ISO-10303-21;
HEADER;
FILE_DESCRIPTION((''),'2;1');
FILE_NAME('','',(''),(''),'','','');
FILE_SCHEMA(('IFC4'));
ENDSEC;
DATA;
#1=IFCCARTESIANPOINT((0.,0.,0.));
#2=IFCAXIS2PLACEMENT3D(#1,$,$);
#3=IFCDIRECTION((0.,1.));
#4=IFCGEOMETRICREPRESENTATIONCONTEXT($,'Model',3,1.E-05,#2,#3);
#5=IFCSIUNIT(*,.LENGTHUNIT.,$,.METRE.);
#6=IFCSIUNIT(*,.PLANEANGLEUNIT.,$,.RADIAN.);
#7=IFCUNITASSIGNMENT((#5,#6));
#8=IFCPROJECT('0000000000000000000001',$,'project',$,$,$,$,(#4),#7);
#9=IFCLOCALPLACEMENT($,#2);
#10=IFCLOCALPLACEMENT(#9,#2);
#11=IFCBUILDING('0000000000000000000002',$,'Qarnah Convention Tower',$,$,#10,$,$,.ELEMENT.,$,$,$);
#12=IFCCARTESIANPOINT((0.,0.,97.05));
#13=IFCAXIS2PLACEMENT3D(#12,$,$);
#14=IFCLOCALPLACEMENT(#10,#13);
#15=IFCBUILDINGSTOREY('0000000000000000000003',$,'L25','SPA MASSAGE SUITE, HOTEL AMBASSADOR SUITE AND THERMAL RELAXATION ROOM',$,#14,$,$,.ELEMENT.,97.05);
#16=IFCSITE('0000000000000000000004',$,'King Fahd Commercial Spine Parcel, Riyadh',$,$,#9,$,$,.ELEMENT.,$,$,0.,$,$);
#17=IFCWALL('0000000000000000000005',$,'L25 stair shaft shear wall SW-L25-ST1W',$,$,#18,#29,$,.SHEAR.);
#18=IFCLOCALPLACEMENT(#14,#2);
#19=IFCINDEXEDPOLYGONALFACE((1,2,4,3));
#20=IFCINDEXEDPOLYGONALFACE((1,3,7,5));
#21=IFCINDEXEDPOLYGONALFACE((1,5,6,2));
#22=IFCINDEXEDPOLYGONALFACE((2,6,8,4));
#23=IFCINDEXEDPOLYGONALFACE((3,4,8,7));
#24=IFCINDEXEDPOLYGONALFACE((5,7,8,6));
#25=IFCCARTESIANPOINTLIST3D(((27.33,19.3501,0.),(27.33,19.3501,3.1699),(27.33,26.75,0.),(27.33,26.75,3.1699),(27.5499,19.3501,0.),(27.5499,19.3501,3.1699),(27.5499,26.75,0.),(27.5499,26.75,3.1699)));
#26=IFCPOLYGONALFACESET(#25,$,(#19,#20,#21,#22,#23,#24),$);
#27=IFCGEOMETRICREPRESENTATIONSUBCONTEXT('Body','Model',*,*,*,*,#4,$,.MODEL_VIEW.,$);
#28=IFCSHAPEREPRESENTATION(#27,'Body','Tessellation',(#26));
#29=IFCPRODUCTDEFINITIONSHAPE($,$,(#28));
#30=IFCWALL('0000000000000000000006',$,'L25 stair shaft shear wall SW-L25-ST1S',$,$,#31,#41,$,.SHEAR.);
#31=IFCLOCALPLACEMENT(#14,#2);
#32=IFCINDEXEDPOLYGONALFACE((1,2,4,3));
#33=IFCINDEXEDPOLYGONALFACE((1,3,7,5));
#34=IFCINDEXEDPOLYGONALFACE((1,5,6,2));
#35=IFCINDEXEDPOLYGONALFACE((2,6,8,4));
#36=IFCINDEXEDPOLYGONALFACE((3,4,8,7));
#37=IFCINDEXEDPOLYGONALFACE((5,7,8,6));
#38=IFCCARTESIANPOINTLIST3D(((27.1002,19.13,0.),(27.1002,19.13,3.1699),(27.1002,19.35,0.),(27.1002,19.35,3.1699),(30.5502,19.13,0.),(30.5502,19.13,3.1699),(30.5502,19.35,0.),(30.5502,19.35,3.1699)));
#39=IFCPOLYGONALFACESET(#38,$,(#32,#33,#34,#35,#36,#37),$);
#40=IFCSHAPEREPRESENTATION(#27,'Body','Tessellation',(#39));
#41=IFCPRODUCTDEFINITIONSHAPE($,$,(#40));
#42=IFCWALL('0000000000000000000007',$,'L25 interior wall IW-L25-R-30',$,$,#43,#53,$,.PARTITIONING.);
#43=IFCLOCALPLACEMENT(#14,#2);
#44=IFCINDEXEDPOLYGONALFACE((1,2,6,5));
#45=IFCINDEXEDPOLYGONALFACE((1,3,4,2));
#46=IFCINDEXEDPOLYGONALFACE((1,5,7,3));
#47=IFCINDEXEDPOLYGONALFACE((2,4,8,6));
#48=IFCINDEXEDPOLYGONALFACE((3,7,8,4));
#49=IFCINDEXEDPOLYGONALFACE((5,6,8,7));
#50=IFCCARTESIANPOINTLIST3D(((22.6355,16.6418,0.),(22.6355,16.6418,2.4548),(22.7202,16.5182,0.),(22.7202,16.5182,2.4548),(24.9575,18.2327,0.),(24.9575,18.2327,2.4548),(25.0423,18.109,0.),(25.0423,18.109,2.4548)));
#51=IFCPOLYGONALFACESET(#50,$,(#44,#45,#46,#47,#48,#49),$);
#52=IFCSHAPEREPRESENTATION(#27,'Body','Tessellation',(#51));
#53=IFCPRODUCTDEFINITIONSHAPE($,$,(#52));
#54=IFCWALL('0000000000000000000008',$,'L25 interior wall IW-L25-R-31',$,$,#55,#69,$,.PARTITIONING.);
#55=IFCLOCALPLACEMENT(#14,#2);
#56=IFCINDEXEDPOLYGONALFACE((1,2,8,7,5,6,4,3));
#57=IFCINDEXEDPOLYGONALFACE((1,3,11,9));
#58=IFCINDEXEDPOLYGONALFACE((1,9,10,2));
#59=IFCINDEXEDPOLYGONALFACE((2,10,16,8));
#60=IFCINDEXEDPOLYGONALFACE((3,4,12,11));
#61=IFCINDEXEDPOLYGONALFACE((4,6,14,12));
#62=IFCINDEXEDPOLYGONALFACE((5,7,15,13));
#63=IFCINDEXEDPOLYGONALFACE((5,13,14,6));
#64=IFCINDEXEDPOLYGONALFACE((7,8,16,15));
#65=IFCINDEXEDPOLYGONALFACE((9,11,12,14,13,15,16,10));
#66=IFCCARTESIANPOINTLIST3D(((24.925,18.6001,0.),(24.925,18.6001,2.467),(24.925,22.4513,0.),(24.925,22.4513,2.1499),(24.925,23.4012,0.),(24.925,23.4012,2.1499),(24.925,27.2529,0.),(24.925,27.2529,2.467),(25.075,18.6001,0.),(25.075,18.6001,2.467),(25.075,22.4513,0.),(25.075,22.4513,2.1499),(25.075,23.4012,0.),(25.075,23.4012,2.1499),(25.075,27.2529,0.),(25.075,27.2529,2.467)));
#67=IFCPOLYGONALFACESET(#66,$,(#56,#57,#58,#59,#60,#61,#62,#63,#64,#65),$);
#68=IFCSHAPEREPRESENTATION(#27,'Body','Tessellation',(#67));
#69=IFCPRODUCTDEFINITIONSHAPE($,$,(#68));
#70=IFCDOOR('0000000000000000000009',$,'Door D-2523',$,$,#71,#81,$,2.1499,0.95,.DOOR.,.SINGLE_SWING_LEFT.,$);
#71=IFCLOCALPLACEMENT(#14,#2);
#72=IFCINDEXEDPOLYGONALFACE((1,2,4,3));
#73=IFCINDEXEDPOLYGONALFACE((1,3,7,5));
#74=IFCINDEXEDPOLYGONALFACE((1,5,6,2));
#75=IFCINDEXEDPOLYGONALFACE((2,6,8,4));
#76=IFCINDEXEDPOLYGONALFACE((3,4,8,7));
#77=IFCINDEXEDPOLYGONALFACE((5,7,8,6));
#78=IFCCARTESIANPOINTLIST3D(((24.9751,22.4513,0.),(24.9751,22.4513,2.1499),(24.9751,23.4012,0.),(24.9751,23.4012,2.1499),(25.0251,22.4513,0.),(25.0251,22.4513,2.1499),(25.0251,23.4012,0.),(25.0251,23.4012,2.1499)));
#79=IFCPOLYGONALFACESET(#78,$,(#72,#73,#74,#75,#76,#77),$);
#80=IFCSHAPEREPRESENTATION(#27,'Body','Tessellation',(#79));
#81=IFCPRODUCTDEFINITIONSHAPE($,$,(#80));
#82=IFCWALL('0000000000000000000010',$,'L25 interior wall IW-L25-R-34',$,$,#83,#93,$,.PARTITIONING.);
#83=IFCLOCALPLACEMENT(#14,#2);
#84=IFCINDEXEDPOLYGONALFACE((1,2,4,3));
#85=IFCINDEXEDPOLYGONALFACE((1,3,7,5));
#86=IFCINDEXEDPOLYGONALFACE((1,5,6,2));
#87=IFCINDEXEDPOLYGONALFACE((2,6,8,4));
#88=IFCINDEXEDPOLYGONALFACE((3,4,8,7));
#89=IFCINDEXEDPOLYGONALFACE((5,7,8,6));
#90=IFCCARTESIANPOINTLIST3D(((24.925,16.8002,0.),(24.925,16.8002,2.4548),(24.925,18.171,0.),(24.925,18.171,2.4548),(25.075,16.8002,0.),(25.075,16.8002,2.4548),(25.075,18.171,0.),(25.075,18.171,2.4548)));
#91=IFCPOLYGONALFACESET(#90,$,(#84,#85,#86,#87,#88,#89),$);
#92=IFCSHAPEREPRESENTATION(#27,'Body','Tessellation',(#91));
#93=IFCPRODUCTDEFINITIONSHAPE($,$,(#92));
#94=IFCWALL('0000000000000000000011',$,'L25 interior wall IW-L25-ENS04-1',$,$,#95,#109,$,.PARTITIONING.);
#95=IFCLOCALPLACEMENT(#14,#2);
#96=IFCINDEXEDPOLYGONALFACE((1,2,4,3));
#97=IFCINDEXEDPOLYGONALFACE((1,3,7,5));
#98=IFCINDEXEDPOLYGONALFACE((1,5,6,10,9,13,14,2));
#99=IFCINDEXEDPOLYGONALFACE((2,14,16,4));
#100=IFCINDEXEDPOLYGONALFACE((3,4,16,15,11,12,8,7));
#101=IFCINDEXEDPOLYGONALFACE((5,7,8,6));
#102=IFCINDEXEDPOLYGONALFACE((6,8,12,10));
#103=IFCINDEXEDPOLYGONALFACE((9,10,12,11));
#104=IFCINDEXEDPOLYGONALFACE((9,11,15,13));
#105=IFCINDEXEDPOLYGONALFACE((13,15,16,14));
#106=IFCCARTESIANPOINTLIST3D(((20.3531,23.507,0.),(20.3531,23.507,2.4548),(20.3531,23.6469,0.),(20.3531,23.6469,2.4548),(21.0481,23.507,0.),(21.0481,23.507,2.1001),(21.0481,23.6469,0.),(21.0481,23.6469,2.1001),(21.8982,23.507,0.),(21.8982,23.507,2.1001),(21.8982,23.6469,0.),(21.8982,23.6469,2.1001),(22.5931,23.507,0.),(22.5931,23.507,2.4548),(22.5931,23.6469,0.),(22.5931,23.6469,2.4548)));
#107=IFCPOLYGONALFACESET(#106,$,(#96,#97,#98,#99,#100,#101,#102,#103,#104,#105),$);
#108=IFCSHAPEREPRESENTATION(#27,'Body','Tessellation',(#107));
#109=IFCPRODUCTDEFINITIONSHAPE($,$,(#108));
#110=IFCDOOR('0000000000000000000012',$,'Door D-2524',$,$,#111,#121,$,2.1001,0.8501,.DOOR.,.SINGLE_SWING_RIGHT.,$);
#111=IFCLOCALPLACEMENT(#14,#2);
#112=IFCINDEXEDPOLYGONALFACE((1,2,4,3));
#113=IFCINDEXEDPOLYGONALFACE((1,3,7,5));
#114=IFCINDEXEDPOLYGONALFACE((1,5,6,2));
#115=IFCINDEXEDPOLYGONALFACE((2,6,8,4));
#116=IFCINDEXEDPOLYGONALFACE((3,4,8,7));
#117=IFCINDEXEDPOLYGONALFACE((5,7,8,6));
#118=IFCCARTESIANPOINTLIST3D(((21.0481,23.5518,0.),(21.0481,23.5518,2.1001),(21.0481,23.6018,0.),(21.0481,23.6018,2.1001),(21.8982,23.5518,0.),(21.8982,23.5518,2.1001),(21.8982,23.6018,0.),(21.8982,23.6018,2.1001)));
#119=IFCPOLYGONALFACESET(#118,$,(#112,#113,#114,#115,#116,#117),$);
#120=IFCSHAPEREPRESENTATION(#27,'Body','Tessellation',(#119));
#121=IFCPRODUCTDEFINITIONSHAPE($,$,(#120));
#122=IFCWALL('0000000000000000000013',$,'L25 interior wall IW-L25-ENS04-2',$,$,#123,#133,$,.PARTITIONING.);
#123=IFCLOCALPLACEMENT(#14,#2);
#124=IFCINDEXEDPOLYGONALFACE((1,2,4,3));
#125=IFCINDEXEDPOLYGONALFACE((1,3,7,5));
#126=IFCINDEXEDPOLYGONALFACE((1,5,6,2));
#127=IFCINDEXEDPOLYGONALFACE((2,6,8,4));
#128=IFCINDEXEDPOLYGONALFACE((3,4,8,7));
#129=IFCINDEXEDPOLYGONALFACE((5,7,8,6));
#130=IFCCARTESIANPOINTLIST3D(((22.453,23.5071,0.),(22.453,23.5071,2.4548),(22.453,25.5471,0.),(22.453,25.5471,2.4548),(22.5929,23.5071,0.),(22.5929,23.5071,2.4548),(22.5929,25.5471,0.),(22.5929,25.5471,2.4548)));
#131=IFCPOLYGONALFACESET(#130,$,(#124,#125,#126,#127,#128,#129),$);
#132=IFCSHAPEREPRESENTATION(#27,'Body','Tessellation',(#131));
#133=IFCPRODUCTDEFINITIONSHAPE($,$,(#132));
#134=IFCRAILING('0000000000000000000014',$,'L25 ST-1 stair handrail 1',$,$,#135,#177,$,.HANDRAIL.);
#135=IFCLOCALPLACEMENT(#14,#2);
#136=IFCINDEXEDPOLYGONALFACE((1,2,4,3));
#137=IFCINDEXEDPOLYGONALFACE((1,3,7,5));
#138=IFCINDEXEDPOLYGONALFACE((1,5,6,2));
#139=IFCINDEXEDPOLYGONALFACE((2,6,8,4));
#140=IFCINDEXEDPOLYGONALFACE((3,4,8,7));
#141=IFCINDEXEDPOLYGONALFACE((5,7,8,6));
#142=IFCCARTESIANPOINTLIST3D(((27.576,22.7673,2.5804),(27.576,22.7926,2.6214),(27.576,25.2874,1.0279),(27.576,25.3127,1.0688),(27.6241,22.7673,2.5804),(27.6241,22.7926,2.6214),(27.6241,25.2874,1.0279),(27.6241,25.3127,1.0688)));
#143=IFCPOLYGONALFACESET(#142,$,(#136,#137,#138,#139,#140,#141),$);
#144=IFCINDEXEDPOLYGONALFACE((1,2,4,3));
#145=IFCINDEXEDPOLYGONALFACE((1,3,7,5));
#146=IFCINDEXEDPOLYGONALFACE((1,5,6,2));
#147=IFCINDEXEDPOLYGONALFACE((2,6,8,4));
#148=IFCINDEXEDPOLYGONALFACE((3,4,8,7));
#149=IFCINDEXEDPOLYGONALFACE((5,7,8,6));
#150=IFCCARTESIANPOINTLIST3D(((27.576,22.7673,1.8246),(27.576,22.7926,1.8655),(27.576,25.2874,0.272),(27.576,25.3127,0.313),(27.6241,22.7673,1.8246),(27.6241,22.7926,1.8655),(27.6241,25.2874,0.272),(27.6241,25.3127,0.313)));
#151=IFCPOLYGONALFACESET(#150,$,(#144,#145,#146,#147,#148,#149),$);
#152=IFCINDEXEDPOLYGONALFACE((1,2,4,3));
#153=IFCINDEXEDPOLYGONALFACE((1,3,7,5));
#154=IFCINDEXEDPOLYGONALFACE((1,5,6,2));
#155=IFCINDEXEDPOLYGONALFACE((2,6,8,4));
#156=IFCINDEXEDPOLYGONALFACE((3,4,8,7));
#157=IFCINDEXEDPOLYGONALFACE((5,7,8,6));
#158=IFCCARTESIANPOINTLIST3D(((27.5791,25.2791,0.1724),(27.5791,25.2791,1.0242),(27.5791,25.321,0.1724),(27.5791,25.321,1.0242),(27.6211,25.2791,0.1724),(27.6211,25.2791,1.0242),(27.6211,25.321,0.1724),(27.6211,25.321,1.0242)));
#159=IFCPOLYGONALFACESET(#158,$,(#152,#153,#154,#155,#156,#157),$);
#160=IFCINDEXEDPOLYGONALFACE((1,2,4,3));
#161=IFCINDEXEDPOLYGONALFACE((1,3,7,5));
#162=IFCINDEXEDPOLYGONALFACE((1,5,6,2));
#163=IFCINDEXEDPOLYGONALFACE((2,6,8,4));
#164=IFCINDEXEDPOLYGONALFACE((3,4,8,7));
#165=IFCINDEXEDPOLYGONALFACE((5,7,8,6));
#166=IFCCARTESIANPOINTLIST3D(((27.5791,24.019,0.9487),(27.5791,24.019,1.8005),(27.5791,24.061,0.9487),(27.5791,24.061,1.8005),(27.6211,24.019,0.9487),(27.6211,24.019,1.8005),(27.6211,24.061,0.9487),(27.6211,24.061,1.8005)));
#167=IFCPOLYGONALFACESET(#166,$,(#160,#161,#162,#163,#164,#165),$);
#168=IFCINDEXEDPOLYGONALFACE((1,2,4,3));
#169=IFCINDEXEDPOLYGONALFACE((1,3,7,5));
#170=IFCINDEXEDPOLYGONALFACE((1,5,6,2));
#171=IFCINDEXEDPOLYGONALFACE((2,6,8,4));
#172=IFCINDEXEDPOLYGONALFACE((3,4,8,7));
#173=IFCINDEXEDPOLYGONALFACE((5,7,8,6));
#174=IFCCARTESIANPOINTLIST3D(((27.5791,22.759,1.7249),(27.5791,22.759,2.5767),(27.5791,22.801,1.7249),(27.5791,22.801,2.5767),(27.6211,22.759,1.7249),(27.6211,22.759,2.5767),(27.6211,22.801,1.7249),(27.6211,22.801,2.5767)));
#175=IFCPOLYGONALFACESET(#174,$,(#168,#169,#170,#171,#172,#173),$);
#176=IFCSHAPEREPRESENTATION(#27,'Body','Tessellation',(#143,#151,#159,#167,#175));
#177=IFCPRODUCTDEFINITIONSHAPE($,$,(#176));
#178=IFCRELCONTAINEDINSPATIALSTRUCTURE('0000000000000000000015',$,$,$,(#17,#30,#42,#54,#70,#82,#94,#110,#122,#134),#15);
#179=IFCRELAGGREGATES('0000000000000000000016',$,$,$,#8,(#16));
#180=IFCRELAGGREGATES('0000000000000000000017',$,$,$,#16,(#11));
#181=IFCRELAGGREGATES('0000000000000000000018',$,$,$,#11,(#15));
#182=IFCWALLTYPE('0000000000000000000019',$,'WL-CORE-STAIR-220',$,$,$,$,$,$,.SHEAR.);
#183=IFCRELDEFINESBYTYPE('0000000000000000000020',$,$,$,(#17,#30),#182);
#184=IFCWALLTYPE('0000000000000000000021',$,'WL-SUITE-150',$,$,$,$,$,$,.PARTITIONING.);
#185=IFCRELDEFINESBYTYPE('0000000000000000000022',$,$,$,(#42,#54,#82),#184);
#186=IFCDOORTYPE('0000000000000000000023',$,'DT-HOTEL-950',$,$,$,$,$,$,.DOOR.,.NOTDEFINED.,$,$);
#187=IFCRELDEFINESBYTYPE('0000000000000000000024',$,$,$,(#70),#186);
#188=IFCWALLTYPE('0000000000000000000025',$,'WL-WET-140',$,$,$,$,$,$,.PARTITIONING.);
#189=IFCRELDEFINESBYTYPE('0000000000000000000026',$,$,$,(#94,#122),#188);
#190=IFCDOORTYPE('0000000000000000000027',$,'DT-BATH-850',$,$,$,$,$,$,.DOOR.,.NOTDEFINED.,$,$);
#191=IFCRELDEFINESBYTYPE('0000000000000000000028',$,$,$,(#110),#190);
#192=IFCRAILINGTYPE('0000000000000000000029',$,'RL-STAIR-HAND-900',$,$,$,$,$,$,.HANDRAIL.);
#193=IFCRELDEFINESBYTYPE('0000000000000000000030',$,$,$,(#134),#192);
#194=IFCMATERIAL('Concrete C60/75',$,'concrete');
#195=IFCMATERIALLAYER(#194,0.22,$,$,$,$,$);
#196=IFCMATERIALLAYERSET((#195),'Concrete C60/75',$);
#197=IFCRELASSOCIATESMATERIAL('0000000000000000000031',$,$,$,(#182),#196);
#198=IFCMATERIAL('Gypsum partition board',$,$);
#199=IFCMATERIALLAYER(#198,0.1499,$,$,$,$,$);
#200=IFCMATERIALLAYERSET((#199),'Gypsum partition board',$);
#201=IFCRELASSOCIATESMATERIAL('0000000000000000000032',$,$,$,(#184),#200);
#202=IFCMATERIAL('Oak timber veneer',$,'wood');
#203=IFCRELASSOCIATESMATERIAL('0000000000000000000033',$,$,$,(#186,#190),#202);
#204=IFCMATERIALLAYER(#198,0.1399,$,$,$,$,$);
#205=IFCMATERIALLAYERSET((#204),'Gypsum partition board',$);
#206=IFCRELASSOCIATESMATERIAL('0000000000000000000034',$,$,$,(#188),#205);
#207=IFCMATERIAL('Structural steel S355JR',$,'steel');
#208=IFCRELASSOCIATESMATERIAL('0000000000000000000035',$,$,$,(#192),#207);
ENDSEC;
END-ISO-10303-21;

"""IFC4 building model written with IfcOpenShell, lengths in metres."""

from ifc_helpers import new_model, si_unit, direction, frame, frame_2d, origin, origin_2d, place, context, subcontext, project, spatial, rectangle, extrude, material, layer, layer_set, type_object, element, fill, save


model = new_model("IFC4")

# Units and contexts
model_context = context("Model", 3, precision=1e-05, world=origin(), true_north=direction((0.0, 1.0)))
body_context = subcontext(model_context, "Body", "Model", "MODEL_VIEW")
ifc_project = project(units=[si_unit("LENGTHUNIT", "METRE"), si_unit("PLANEANGLEUNIT", "RADIAN")], contexts=[model_context])

# Site, building, storey
site_placement = place(None, origin())
site = spatial("IfcSite", under=ifc_project, at=site_placement, Name="King Fahd Commercial Spine Parcel, Riyadh", CompositionType="ELEMENT", RefElevation=0.0)
building_placement = place(site_placement, origin())
building = spatial("IfcBuilding", under=site, at=building_placement, Name="Qarnah Convention Tower", CompositionType="ELEMENT")
storey_placement = place(building_placement, frame((0.0, 0.0, 97.05)))
storey = spatial("IfcBuildingStorey", under=building, at=storey_placement, Name="L25", Description="SPA MASSAGE SUITE, HOTEL AMBASSADOR SUITE AND THERMAL RELAXATION ROOM", CompositionType="ELEMENT", Elevation=97.05)

# Shared definitions
ifc_material_1 = material(Name="Concrete C60/75", Category="concrete")

# Shared definitions
ifc_material_2 = material(Name="Structural steel S355JR", Category="steel")

# Walls
ifc_layer_1 = layer(ifc_material_1, 0.22)
ifc_layer_set_1 = layer_set([ifc_layer_1], Name="Concrete C60/75")
wall_type_1 = type_object("IfcWallType", Name="WL-CORE-STAIR-220", PredefinedType="SHEAR", material=ifc_layer_set_1)
wall_1_placement = place(storey_placement, frame((27.4399, 19.3501, 0.0), z_axis=(0.0, 0.0, 1.0), x_axis=(0.0, 1.0, 0.0)))
element("IfcWall", 1, at=wall_1_placement, inside=storey, type_object=wall_type_1, Name="L25 stair shaft shear wall SW-L25-ST1W", PredefinedType="SHEAR", context=body_context, shape_type="SweptSolid", body=[
    extrude(rectangle(XDim=7.3999, YDim=0.22, at=frame_2d((3.7, 0.0))), origin(), (0.0, 0.0, 1.0), 3.1699),
])
wall_2_placement = place(storey_placement, frame((27.1001, 19.24, 0.0), z_axis=(0.0, 0.0, 1.0), x_axis=(1.0, 0.0, 0.0)))
element("IfcWall", 2, at=wall_2_placement, inside=storey, type_object=wall_type_1, Name="L25 stair shaft shear wall SW-L25-ST1S", PredefinedType="SHEAR", context=body_context, shape_type="SweptSolid", body=[
    extrude(rectangle(XDim=3.45, YDim=0.22, at=frame_2d((1.7251, 0.0))), origin(), (0.0, 0.0, 1.0), 3.1699),
])
ifc_material_3 = material(Name="Gypsum partition board")
ifc_layer_2 = layer(ifc_material_3, 0.1499)
ifc_layer_set_2 = layer_set([ifc_layer_2], Name="Gypsum partition board")
wall_type_2 = type_object("IfcWallType", Name="WL-SUITE-150", PredefinedType="PARTITIONING", material=ifc_layer_set_2)
wall_3_placement = place(storey_placement, frame((22.678, 16.5801, 0.0), z_axis=(0.0, 0.0, 1.0), x_axis=(0.824965, 0.565184, 0.0)))
element("IfcWall", 3, at=wall_3_placement, inside=storey, type_object=wall_type_2, Name="L25 interior wall IW-L25-R-30", PredefinedType="PARTITIONING", context=body_context, shape_type="SweptSolid", body=[
    extrude(rectangle(XDim=2.8147, YDim=0.1499, at=frame_2d((1.4072, 0.0))), origin(), (0.0, 0.0, 1.0), 2.4548),
])

# Wall, opening, door
wall_4_placement = place(storey_placement, frame((25.0, 18.6001, 0.0), z_axis=(0.0, 0.0, 1.0), x_axis=(0.0, 1.0, 0.0)))
wall_4 = element("IfcWall", 4, at=wall_4_placement, inside=storey, type_object=wall_type_2, Name="L25 interior wall IW-L25-R-31", PredefinedType="PARTITIONING", context=body_context, shape_type="SweptSolid", body=[
    extrude(rectangle(XDim=8.6528, YDim=0.1499, at=frame_2d((4.3264, 0.0))), origin(), (0.0, 0.0, 1.0), 2.467),
])
opening_1_placement = place(wall_4_placement, frame((3.8511, 0.0, 0.0)))
opening_1 = element("IfcOpeningElement", 5, at=opening_1_placement, cuts=wall_4, PredefinedType="OPENING", context=body_context, shape_type="SweptSolid", body=[
    extrude(rectangle(XDim=0.95, YDim=2.1499, at=frame_2d((0.4751, 1.075))), frame((0.0, 0.085, 0.0), z_axis=(0.0, -1.0, 0.0), x_axis=(1.0, 0.0, 0.0)), (0.0, 0.0, 1.0), 0.1699),
])
ifc_material_4 = material(Name="Oak timber veneer", Category="wood")
door_type_1 = type_object("IfcDoorType", Name="DT-HOTEL-950", OperationType="NOTDEFINED", PredefinedType="DOOR", material=ifc_material_4)
door_1_placement = place(opening_1_placement, origin())
door_1 = element("IfcDoor", 6, at=door_1_placement, inside=storey, type_object=door_type_1, Name="Door D-2523", OperationType="SINGLE_SWING_LEFT", OverallHeight=2.1499, OverallWidth=0.95, PredefinedType="DOOR", context=body_context, shape_type="SweptSolid", body=[
    extrude(rectangle(XDim=0.95, YDim=2.1499, at=frame_2d((0.4751, 1.075))), frame((0.0, 0.0249, 0.0), z_axis=(0.0, -1.0, 0.0), x_axis=(1.0, 0.0, 0.0)), (0.0, 0.0, 1.0), 0.05),
])
fill(opening_1, door_1)

# Wall
wall_5_placement = place(storey_placement, frame((25.0, 16.8, 0.0), z_axis=(0.0, 0.0, 1.0), x_axis=(0.0, 1.0, 0.0)))
element("IfcWall", 7, at=wall_5_placement, inside=storey, type_object=wall_type_2, Name="L25 interior wall IW-L25-R-34", PredefinedType="PARTITIONING", context=body_context, shape_type="SweptSolid", body=[
    extrude(rectangle(XDim=1.3708, YDim=0.1499, at=frame_2d((0.6855, 0.0))), origin(), (0.0, 0.0, 1.0), 2.4548),
])

# Wall, opening, door
ifc_layer_3 = layer(ifc_material_3, 0.1399)
ifc_layer_set_3 = layer_set([ifc_layer_3], Name="Gypsum partition board")
wall_type_3 = type_object("IfcWallType", Name="WL-WET-140", PredefinedType="PARTITIONING", material=ifc_layer_set_3)
wall_6_placement = place(storey_placement, frame((20.353, 23.5769, 0.0), z_axis=(0.0, 0.0, 1.0), x_axis=(1.0, 0.0, 0.0)))
wall_6 = element("IfcWall", 8, at=wall_6_placement, inside=storey, type_object=wall_type_3, Name="L25 interior wall IW-L25-ENS04-1", PredefinedType="PARTITIONING", context=body_context, shape_type="SweptSolid", body=[
    extrude(rectangle(XDim=2.24, YDim=0.1399, at=frame_2d((1.1201, 0.0))), origin(), (0.0, 0.0, 1.0), 2.4548),
])
opening_2_placement = place(wall_6_placement, frame((0.6951, 0.0, 0.0)))
opening_2 = element("IfcOpeningElement", 9, at=opening_2_placement, cuts=wall_6, PredefinedType="OPENING", context=body_context, shape_type="SweptSolid", body=[
    extrude(rectangle(XDim=0.8501, YDim=2.1001, at=frame_2d((0.425, 1.05))), frame((0.0, 0.0798, 0.0), z_axis=(0.0, -1.0, 0.0), x_axis=(1.0, 0.0, 0.0)), (0.0, 0.0, 1.0), 0.1599),
])
door_type_2 = type_object("IfcDoorType", Name="DT-BATH-850", OperationType="NOTDEFINED", PredefinedType="DOOR", material=ifc_material_4)
door_2_placement = place(opening_2_placement, origin())
door_2 = element("IfcDoor", 10, at=door_2_placement, inside=storey, type_object=door_type_2, Name="Door D-2524", OperationType="SINGLE_SWING_RIGHT", OverallHeight=2.1001, OverallWidth=0.8501, PredefinedType="DOOR", context=body_context, shape_type="SweptSolid", body=[
    extrude(rectangle(XDim=0.8501, YDim=2.1001, at=frame_2d((0.425, 1.05))), frame((0.0, 0.0249, 0.0), z_axis=(0.0, -1.0, 0.0), x_axis=(1.0, 0.0, 0.0)), (0.0, 0.0, 1.0), 0.05),
])
fill(opening_2, door_2)

# Wall
wall_7_placement = place(storey_placement, frame((22.5229, 23.5071, 0.0), z_axis=(0.0, 0.0, 1.0), x_axis=(0.0, 1.0, 0.0)))
element("IfcWall", 11, at=wall_7_placement, inside=storey, type_object=wall_type_3, Name="L25 interior wall IW-L25-ENS04-2", PredefinedType="PARTITIONING", context=body_context, shape_type="SweptSolid", body=[
    extrude(rectangle(XDim=2.04, YDim=0.1399, at=frame_2d((1.02, 0.0))), origin(), (0.0, 0.0, 1.0), 2.4548),
])

# Railing
railing_type = type_object("IfcRailingType", Name="RL-STAIR-HAND-900", PredefinedType="HANDRAIL", material=ifc_material_2)
railing_placement = place(storey_placement, frame((27.6001, 25.3, 0.1724)))
element("IfcRailing", 12, at=railing_placement, inside=storey, type_object=railing_type, Name="L25 ST-1 stair handrail 1", PredefinedType="HANDRAIL", context=body_context, shape_type="SweptSolid", body=[
    extrude(rectangle(XDim=0.0481, YDim=0.0481, at=origin_2d()), frame((0.0, 0.0, 0.876), z_axis=(0.0, -0.8514, 0.524516), x_axis=(1.0, 0.0, 0.0)), (0.0, 0.0, 1.0), 2.96),
    extrude(rectangle(XDim=0.0481, YDim=0.0481, at=origin_2d()), frame((0.0, 0.0, 0.1201), z_axis=(0.0, -0.8514, 0.524516), x_axis=(1.0, 0.0, 0.0)), (0.0, 0.0, 1.0), 2.96),
    extrude(rectangle(XDim=0.042, YDim=0.042, at=origin_2d()), origin(), (0.0, 0.0, 1.0), 0.8518),
    extrude(rectangle(XDim=0.042, YDim=0.042, at=origin_2d()), frame((0.0, -1.26, 0.7764)), (0.0, 0.0, 1.0), 0.8518),
    extrude(rectangle(XDim=0.042, YDim=0.042, at=origin_2d()), frame((0.0, -2.52, 1.5525)), (0.0, 0.0, 1.0), 0.8518),
])

save(model, "model.ifc")
